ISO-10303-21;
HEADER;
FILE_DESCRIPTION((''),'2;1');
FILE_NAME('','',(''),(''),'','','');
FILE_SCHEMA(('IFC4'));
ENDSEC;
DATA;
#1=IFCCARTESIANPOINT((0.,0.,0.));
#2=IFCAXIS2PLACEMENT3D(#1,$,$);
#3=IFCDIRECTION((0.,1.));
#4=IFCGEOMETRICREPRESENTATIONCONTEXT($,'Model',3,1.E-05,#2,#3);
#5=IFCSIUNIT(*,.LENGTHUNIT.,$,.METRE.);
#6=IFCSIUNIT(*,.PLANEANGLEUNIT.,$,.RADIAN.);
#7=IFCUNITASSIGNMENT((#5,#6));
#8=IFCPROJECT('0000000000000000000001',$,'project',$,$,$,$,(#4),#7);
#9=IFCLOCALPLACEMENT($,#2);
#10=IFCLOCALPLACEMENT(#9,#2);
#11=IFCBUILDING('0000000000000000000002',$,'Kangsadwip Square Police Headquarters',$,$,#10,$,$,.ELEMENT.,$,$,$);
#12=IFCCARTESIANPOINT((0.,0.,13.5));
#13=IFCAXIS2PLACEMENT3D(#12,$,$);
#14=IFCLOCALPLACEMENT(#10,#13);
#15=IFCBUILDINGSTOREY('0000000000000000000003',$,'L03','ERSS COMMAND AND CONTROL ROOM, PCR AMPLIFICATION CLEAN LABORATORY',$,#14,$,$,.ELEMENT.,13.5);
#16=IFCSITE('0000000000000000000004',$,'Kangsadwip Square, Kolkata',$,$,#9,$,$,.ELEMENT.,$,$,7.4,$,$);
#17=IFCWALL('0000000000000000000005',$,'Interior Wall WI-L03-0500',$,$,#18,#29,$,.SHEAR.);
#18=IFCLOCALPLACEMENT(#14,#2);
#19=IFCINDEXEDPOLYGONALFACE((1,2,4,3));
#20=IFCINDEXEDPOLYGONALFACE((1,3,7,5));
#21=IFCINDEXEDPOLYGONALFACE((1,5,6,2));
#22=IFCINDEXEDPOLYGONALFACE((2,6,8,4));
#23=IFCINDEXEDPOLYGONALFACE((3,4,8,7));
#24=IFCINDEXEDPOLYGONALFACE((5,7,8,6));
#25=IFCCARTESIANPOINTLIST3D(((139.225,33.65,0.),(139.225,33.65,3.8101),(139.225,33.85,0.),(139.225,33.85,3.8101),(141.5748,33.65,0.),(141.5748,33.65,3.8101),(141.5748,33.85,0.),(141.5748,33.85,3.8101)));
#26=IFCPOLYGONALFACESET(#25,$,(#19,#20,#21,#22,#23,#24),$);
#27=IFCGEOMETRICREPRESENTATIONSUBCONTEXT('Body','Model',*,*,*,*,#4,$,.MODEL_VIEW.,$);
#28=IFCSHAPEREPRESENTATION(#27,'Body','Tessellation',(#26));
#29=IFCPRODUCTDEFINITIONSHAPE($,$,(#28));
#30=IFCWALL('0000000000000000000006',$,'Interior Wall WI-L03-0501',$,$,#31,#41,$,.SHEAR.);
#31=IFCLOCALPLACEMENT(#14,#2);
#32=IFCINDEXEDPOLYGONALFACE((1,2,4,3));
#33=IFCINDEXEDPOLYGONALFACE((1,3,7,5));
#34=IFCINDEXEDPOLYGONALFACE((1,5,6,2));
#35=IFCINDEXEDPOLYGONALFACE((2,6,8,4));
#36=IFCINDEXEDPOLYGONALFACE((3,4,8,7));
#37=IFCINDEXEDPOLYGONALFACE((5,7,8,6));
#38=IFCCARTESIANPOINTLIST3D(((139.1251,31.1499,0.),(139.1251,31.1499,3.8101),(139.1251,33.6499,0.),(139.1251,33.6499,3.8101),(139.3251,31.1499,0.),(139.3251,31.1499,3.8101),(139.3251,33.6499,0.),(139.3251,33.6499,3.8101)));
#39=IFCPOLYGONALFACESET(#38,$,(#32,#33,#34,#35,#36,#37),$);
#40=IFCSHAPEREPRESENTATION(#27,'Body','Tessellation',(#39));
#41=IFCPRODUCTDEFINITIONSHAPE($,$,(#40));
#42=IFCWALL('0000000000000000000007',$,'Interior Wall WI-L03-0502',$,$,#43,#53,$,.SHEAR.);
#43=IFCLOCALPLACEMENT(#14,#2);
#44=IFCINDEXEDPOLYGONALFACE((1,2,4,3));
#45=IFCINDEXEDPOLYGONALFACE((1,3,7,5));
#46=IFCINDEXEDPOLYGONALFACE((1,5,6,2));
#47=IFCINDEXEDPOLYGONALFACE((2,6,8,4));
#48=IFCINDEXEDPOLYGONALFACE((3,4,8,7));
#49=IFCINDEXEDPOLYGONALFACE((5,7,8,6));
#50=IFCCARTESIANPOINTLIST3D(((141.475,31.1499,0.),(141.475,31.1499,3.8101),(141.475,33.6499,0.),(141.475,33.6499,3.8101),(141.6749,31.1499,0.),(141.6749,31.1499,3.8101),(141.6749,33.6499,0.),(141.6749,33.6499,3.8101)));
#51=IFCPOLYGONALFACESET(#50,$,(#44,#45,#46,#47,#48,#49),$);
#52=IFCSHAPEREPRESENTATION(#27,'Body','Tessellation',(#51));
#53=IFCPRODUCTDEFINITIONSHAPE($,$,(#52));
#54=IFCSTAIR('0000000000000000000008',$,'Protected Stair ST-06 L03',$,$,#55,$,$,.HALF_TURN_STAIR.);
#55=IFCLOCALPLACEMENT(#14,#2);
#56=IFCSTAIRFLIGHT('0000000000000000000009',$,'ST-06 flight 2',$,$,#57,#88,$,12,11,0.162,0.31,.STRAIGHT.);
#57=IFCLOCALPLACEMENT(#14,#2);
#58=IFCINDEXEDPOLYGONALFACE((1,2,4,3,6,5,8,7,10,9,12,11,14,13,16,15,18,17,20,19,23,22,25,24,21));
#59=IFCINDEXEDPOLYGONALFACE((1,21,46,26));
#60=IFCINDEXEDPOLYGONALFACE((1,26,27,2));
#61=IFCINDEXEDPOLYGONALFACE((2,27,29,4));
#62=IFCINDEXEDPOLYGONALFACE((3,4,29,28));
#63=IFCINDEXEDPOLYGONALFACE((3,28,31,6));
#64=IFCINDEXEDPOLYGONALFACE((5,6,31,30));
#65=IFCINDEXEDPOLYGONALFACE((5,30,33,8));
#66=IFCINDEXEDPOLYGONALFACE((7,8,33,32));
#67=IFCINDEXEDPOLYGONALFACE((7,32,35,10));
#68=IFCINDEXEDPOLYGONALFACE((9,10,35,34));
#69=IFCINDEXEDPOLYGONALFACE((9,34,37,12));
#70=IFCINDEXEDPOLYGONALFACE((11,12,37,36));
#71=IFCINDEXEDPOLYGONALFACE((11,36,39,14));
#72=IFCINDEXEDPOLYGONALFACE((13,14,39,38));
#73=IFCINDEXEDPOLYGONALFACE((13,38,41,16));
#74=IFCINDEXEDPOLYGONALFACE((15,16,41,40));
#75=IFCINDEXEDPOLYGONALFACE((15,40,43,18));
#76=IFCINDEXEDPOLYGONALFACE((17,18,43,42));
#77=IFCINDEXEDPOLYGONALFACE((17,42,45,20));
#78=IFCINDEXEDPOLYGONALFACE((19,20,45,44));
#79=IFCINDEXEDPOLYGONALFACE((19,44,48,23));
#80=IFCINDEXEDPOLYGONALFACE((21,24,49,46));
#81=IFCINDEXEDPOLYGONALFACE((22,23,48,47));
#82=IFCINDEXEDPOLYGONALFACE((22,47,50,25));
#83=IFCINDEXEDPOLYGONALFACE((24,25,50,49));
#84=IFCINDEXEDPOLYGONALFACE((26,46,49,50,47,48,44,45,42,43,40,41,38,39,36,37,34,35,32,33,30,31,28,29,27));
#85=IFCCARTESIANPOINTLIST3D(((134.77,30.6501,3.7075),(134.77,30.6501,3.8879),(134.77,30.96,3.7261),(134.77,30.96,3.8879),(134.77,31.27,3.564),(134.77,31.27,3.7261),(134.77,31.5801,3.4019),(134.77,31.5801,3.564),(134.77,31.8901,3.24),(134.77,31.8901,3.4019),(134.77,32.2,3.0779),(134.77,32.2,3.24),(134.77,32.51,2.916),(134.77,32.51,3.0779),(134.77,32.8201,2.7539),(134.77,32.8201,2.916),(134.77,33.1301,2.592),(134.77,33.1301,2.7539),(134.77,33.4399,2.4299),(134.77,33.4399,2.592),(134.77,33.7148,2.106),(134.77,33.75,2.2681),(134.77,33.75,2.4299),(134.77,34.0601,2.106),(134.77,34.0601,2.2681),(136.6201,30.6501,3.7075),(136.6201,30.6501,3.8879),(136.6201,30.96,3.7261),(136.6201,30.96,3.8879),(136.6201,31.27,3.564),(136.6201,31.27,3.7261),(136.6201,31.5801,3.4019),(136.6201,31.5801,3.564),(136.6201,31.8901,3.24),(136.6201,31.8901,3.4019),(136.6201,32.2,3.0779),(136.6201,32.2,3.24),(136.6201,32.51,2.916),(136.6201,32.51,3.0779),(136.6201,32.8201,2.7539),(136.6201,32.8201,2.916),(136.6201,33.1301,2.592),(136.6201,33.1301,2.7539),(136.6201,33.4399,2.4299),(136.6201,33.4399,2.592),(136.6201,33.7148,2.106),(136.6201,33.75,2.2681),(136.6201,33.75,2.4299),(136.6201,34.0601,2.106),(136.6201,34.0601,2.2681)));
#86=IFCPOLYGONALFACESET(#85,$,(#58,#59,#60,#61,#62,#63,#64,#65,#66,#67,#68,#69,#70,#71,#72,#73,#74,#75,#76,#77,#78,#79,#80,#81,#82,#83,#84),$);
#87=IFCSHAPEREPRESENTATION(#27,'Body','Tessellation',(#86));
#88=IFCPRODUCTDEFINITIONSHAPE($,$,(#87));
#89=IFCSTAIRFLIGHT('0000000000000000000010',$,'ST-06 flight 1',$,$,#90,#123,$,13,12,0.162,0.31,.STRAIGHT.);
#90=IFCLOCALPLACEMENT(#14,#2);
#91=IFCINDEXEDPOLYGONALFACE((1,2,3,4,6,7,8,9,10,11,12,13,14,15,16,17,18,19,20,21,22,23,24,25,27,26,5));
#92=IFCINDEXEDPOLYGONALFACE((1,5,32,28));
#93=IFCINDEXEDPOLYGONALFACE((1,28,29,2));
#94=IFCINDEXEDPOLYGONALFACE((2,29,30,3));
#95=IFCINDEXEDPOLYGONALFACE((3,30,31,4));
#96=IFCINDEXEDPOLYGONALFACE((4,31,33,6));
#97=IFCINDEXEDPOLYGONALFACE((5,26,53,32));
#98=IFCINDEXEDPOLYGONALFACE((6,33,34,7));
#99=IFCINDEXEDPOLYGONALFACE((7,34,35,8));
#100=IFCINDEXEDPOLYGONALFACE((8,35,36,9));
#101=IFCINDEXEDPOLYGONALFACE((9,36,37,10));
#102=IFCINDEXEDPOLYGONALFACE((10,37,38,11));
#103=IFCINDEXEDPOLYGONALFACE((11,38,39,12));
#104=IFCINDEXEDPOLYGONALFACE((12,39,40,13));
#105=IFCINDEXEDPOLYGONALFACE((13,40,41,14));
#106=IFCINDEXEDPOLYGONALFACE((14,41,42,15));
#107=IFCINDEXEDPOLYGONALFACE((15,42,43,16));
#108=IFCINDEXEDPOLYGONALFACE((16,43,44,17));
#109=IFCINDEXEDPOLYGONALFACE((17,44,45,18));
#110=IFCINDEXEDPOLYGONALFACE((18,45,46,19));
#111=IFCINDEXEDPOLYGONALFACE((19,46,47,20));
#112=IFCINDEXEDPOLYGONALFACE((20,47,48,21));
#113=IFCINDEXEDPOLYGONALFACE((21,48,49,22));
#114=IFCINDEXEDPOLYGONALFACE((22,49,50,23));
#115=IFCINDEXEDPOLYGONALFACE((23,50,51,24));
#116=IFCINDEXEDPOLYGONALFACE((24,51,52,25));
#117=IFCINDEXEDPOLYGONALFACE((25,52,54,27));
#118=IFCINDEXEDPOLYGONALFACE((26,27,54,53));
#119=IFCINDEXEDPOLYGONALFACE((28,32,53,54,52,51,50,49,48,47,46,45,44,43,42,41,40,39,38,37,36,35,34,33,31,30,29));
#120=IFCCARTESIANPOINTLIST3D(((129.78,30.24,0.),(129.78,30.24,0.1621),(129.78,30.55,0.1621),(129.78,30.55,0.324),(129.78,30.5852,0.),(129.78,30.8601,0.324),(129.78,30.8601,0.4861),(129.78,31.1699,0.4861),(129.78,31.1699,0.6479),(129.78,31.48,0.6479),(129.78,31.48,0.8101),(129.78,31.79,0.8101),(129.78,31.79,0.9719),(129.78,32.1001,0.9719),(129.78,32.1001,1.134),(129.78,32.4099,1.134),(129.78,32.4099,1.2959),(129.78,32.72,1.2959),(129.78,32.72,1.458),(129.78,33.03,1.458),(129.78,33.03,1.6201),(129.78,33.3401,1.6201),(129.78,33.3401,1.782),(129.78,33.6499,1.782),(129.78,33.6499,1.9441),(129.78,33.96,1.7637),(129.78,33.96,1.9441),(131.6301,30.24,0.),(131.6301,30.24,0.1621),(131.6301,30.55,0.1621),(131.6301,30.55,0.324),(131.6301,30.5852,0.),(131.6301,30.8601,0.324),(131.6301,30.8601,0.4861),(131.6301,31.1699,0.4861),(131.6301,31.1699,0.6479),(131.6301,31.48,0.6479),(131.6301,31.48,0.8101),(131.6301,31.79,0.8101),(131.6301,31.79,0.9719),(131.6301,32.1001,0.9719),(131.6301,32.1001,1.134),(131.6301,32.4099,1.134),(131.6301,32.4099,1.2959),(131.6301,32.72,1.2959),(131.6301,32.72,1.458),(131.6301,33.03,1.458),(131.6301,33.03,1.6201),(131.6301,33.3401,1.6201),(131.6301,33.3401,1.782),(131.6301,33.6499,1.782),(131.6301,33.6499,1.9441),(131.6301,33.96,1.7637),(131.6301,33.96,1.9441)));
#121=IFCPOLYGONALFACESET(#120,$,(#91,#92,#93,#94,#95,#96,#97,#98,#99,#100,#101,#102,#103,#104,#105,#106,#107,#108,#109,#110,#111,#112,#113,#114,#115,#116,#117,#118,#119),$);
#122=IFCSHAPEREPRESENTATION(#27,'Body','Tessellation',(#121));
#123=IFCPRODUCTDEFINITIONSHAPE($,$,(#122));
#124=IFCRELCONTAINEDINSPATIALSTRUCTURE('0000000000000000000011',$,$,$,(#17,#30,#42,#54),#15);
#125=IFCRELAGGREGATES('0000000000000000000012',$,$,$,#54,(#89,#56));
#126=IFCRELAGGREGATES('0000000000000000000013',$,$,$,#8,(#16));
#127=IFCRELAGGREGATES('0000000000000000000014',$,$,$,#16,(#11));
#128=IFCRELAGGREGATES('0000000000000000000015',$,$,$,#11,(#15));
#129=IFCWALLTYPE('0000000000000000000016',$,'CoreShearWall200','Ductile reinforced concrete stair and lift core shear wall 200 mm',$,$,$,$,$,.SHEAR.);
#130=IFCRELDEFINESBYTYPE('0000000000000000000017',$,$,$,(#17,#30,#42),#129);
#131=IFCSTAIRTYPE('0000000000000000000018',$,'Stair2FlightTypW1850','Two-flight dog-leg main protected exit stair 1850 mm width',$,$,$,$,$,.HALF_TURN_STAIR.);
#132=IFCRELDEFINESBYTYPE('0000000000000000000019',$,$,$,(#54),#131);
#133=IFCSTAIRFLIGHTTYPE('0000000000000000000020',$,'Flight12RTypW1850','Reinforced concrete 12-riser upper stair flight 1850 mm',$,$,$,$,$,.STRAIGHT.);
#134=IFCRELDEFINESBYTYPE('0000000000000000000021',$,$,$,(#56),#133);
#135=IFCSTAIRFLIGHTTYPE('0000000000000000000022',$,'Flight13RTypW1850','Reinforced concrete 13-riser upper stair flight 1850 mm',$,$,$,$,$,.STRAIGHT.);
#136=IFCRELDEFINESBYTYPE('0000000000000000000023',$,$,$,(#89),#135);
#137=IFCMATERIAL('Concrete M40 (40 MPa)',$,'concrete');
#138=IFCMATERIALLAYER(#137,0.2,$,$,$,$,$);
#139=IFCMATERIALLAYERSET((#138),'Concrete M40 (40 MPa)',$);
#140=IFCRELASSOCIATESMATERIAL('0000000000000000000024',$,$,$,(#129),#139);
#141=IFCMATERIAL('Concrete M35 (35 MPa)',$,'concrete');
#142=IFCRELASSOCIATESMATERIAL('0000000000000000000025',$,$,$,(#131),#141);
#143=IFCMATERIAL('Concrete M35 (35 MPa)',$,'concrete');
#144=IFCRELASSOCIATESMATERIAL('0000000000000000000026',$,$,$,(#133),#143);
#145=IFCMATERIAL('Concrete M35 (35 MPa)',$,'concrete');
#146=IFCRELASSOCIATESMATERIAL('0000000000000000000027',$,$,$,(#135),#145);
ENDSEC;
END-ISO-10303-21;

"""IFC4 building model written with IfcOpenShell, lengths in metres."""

from ifc_helpers import new_model, si_unit, direction, frame, frame_2d, origin, place, context, subcontext, project, spatial, polyline, rectangle, outline, extrude, material, layer, layer_set, type_object, element, aggregate, save


model = new_model("IFC4")

# Units and contexts
model_context = context("Model", 3, precision=1e-05, world=origin(), true_north=direction((0.0, 1.0)))
body_context = subcontext(model_context, "Body", "Model", "MODEL_VIEW")
ifc_project = project(units=[si_unit("LENGTHUNIT", "METRE"), si_unit("PLANEANGLEUNIT", "RADIAN")], contexts=[model_context])

# Site, building, storey
site_placement = place(None, origin())
site = spatial("IfcSite", under=ifc_project, at=site_placement, Name="Kangsadwip Square, Kolkata", CompositionType="ELEMENT", RefElevation=7.4)
building_placement = place(site_placement, origin())
building = spatial("IfcBuilding", under=site, at=building_placement, Name="Kangsadwip Square Police Headquarters", CompositionType="ELEMENT")
storey_placement = place(building_placement, frame((0.0, 0.0, 13.5)))
storey = spatial("IfcBuildingStorey", under=building, at=storey_placement, Name="L03", Description="ERSS COMMAND AND CONTROL ROOM, PCR AMPLIFICATION CLEAN LABORATORY", CompositionType="ELEMENT", Elevation=13.5)

# Shared definitions
ifc_material_1 = material(Name="Concrete M40 (40 MPa)", Category="concrete")
ifc_layer_1 = layer(ifc_material_1, 0.2)
ifc_layer_set_1 = layer_set([ifc_layer_1], Name="Concrete M40 (40 MPa)")
wall_type_1 = type_object("IfcWallType", Name="CoreShearWall200", Description="Ductile reinforced concrete stair and lift core shear wall 200 mm", PredefinedType="SHEAR", material=ifc_layer_set_1)

# Walls
wall_1_placement = place(storey_placement, frame((139.2251, 33.75, 0.0), z_axis=(0.0, 0.0, 1.0), x_axis=(1.0, 0.0, 0.0)))
element("IfcWall", 1, at=wall_1_placement, inside=storey, type_object=wall_type_1, Name="Interior Wall WI-L03-0500", PredefinedType="SHEAR", context=body_context, shape_type="SweptSolid", body=[
    extrude(rectangle(XDim=2.3499, YDim=0.2, at=frame_2d((1.1748, 0.0))), origin(), (0.0, 0.0, 1.0), 3.8101),
])
for number, where, z_axis, x_axis, name in (
    (2, (139.2251, 31.1499, 0.0), (0.0, 0.0, 1.0), (0.0, 1.0, 0.0), "Interior Wall WI-L03-0501"),
    (3, (141.575, 31.1499, 0.0), (0.0, 0.0, 1.0), (0.0, 1.0, 0.0), "Interior Wall WI-L03-0502"),
):
    element("IfcWall", number, at=place(storey_placement, frame(where, z_axis=z_axis, x_axis=x_axis)), inside=storey, type_object=wall_type_1, Name=name, PredefinedType="SHEAR", context=body_context, shape_type="SweptSolid", body=[
        extrude(rectangle(XDim=2.5, YDim=0.2, at=frame_2d((1.25, 0.0))), origin(), (0.0, 0.0, 1.0), 3.8101),
    ])

# Stair, stair flights
ifc_material_2 = material(Name="Concrete M35 (35 MPa)", Category="concrete")
stair_type = type_object("IfcStairType", Name="Stair2FlightTypW1850", Description="Two-flight dog-leg main protected exit stair 1850 mm width", PredefinedType="HALF_TURN_STAIR", material=ifc_material_2)
stair_placement = place(storey_placement, origin())
stair = element("IfcStair", 4, at=stair_placement, inside=storey, type_object=stair_type, Name="Protected Stair ST-06 L03", PredefinedType="HALF_TURN_STAIR")
ifc_material_3 = material(Name="Concrete M35 (35 MPa)", Category="concrete")
stair_flight_type_1 = type_object("IfcStairFlightType", Name="Flight12RTypW1850", Description="Reinforced concrete 12-riser upper stair flight 1850 mm", PredefinedType="STRAIGHT", material=ifc_material_3)
stair_flight_1_placement = place(storey_placement, frame((135.6951, 34.0601, 2.106), z_axis=(0.0, 0.0, 1.0), x_axis=(0.0, -1.0, 0.0)))
stair_flight_1 = element("IfcStairFlight", 5, at=stair_flight_1_placement, type_object=stair_flight_type_1, Name="ST-06 flight 2", NumberOfRisers=12, NumberOfTreads=11, PredefinedType="STRAIGHT", RiserHeight=0.162, TreadLength=0.31, context=body_context, shape_type="SweptSolid", body=[
    extrude(outline(polyline([(0.0, 0.0), (0.0, 0.1621), (0.3101, 0.1621), (0.3101, 0.324), (0.6201, 0.324), (0.6201, 0.4861), (0.9299, 0.4861), (0.9299, 0.6479), (1.24, 0.6479), (1.24, 0.8101), (1.55, 0.8101), (1.55, 0.9719), (1.8601, 0.9719), (1.8601, 1.134), (2.1699, 1.134), (2.1699, 1.2959), (2.48, 1.2959), (2.48, 1.458), (2.79, 1.458), (2.79, 1.6201), (3.1001, 1.6201), (3.1001, 1.782), (3.4099, 1.782), (3.4099, 1.9441), (3.4099, 1.6016), (0.3452, 0.0), (0.0, 0.0)])), frame((0.0, 0.925, 0.0), z_axis=(0.0, -1.0, 0.0), x_axis=(1.0, 0.0, 0.0)), (0.0, 0.0, 1.0), 1.8501),
])
ifc_material_4 = material(Name="Concrete M35 (35 MPa)", Category="concrete")
stair_flight_type_2 = type_object("IfcStairFlightType", Name="Flight13RTypW1850", Description="Reinforced concrete 13-riser upper stair flight 1850 mm", PredefinedType="STRAIGHT", material=ifc_material_4)
stair_flight_2_placement = place(storey_placement, frame((130.7051, 30.24, 0.0), z_axis=(0.0, 0.0, 1.0), x_axis=(0.0, 1.0, 0.0)))
stair_flight_2 = element("IfcStairFlight", 6, at=stair_flight_2_placement, type_object=stair_flight_type_2, Name="ST-06 flight 1", NumberOfRisers=13, NumberOfTreads=12, PredefinedType="STRAIGHT", RiserHeight=0.162, TreadLength=0.31, context=body_context, shape_type="SweptSolid", body=[
    extrude(outline(polyline([(0.0, 0.0), (0.0, 0.1621), (0.3101, 0.1621), (0.3101, 0.324), (0.6201, 0.324), (0.6201, 0.4861), (0.9299, 0.4861), (0.9299, 0.6479), (1.24, 0.6479), (1.24, 0.8101), (1.55, 0.8101), (1.55, 0.9719), (1.8601, 0.9719), (1.8601, 1.134), (2.1699, 1.134), (2.1699, 1.2959), (2.48, 1.2959), (2.48, 1.458), (2.79, 1.458), (2.79, 1.6201), (3.1001, 1.6201), (3.1001, 1.782), (3.4099, 1.782), (3.4099, 1.9441), (3.72, 1.9441), (3.72, 2.106), (3.72, 1.7637), (0.3452, 0.0), (0.0, 0.0)])), frame((0.0, 0.925, 0.0), z_axis=(0.0, -1.0, 0.0), x_axis=(1.0, 0.0, 0.0)), (0.0, 0.0, 1.0), 1.8501),
])
aggregate(stair, [stair_flight_2, stair_flight_1])

save(model, "model.ifc")
